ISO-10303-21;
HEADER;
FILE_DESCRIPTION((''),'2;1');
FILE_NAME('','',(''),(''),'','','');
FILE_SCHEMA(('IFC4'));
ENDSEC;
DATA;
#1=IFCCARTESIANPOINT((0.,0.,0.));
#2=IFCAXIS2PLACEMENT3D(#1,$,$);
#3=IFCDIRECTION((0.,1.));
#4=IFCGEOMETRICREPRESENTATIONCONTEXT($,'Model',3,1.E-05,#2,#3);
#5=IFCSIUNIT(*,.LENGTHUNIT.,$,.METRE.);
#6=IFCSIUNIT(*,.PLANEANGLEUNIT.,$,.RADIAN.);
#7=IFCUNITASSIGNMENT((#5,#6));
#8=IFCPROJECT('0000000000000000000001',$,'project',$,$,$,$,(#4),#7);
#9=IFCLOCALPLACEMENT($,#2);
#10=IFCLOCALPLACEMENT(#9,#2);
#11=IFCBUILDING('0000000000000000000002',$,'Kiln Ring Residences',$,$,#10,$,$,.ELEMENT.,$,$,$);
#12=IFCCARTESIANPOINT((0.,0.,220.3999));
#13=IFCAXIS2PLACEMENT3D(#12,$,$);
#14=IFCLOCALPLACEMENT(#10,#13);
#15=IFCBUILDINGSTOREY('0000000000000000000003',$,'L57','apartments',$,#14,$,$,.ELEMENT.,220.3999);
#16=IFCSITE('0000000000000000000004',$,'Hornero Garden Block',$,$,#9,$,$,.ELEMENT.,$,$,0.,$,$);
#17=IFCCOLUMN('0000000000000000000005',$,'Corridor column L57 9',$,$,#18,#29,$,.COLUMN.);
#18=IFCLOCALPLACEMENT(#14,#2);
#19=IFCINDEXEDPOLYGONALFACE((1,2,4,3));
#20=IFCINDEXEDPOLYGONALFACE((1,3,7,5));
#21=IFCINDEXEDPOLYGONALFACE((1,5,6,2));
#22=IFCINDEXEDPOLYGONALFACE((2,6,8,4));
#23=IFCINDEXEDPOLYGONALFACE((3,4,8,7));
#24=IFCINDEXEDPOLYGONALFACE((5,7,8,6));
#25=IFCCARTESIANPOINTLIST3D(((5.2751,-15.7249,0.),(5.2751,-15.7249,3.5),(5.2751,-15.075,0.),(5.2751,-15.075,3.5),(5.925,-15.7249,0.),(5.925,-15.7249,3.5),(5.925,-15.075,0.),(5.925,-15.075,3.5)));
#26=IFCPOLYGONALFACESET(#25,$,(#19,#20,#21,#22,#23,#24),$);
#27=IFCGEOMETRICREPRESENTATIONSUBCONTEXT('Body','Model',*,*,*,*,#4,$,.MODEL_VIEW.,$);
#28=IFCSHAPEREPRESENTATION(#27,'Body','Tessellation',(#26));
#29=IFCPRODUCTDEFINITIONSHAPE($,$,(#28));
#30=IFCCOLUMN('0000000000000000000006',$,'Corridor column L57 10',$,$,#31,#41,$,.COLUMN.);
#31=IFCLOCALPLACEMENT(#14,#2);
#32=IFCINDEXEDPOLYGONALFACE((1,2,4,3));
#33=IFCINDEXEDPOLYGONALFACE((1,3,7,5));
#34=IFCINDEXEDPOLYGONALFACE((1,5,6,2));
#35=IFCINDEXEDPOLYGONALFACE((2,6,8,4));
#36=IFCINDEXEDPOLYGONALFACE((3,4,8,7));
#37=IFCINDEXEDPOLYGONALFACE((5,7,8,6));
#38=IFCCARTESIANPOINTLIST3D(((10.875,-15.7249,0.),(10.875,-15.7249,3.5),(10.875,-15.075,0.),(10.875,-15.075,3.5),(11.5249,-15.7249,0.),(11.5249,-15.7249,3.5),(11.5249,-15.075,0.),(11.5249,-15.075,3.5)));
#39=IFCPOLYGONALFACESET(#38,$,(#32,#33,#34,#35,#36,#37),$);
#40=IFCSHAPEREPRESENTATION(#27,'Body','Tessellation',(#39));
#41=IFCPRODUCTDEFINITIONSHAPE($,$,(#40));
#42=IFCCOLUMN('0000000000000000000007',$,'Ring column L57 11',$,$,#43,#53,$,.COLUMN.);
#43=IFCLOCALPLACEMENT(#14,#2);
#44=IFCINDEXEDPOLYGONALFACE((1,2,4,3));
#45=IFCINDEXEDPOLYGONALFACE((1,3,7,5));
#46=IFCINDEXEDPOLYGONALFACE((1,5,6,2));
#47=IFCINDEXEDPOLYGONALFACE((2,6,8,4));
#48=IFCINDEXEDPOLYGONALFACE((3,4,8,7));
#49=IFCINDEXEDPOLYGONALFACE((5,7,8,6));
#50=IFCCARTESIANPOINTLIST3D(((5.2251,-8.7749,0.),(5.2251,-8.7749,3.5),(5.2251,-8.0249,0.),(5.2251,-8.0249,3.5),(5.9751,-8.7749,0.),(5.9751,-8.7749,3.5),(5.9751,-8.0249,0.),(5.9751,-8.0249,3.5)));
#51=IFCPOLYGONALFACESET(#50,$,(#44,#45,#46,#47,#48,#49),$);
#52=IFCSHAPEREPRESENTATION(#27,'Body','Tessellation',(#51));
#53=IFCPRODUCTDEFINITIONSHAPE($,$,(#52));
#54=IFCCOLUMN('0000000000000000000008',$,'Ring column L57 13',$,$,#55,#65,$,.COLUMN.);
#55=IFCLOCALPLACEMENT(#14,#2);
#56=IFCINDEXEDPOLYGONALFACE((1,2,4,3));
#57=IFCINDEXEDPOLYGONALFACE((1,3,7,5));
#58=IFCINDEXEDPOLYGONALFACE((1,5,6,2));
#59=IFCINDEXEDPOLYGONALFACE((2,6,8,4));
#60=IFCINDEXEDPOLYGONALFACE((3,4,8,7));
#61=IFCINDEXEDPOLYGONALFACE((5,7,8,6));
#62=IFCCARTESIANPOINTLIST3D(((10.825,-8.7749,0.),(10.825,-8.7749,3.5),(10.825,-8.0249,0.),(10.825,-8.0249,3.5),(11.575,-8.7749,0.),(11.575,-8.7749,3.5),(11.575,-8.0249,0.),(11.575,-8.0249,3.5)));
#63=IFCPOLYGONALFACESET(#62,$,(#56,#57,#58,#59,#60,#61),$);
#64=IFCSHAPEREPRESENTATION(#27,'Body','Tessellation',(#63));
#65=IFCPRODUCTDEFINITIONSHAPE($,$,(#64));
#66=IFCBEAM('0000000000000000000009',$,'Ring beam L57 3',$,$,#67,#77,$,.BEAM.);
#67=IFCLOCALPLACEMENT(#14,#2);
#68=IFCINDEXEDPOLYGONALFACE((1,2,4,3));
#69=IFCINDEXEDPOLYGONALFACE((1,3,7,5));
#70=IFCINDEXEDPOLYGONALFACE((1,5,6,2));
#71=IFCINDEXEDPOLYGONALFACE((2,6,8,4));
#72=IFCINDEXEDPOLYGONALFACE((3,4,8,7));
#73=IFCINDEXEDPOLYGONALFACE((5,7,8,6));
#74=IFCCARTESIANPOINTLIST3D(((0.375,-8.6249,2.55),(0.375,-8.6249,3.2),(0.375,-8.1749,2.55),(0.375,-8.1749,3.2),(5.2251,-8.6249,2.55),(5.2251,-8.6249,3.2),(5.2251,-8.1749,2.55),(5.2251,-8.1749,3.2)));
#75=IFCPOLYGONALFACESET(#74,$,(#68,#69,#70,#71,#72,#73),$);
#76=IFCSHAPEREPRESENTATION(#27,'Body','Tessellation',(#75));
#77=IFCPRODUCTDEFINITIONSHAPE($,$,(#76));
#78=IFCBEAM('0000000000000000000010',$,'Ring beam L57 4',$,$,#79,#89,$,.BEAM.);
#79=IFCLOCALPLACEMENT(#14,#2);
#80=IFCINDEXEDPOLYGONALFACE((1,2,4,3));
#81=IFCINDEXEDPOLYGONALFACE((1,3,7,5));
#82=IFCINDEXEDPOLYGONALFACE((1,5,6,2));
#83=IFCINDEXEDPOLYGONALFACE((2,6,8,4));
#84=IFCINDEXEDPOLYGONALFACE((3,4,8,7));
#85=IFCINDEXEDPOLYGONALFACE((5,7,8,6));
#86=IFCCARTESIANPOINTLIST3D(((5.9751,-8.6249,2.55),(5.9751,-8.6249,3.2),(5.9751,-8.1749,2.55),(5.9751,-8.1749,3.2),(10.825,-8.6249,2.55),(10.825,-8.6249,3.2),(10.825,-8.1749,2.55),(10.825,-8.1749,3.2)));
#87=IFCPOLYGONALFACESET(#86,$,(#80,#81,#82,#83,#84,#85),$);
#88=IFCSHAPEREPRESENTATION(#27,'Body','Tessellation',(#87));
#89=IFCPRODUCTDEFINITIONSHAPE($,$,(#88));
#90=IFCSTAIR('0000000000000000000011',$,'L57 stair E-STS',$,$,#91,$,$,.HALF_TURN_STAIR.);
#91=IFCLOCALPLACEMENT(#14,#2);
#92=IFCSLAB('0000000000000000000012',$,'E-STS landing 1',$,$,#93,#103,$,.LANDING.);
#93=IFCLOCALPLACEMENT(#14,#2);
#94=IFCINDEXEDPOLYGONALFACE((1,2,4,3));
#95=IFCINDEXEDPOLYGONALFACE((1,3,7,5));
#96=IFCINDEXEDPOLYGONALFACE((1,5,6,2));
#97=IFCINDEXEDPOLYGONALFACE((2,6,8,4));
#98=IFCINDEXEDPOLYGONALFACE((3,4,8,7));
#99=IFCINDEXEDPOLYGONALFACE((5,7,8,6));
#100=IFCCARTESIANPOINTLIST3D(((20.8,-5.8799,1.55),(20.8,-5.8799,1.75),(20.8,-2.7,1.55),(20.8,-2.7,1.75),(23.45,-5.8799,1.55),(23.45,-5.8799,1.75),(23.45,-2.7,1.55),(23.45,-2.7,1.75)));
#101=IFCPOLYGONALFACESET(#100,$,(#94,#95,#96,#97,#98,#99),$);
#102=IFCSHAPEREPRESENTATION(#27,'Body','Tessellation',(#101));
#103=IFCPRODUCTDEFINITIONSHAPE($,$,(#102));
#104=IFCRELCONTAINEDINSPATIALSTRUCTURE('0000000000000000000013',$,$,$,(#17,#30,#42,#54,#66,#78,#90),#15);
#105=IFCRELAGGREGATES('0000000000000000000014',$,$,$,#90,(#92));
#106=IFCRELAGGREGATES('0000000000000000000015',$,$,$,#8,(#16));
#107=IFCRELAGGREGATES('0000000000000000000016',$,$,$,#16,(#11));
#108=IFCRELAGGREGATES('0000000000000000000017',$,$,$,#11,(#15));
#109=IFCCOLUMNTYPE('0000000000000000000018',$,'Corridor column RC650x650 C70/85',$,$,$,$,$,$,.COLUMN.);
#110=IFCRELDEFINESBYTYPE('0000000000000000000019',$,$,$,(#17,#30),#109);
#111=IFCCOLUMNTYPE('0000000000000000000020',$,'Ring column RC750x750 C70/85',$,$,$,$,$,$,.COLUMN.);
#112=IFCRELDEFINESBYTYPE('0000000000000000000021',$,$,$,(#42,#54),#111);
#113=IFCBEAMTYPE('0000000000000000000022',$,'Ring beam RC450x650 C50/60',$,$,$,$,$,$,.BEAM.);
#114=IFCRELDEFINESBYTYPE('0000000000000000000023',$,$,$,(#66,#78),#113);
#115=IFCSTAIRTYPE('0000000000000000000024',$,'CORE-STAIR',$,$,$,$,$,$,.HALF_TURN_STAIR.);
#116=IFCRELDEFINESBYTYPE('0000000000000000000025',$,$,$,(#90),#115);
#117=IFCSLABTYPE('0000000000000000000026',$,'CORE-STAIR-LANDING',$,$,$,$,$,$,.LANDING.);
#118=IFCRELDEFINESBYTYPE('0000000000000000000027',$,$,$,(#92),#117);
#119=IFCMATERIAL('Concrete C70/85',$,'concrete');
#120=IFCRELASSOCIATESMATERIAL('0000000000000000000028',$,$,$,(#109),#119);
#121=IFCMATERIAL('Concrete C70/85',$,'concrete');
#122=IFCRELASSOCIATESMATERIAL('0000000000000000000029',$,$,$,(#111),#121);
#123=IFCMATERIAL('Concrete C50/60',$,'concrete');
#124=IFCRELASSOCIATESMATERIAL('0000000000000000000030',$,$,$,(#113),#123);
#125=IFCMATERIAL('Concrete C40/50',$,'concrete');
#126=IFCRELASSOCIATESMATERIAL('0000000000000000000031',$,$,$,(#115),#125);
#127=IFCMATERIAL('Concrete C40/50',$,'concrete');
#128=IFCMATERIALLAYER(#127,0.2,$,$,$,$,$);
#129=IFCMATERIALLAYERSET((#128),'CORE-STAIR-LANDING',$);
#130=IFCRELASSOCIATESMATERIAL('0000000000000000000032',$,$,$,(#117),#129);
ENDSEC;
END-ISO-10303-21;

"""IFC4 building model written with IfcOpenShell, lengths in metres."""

from ifc_helpers import new_model, si_unit, direction, frame, origin, origin_2d, place, context, subcontext, project, spatial, polyline, rectangle, outline, extrude, material, layer, layer_set, material_profile, profile_set, type_object, element, aggregate, save


model = new_model("IFC4")

# Units and contexts
model_context = context("Model", 3, precision=1e-05, world=origin(), true_north=direction((0.0, 1.0)))
body_context = subcontext(model_context, "Body", "Model", "MODEL_VIEW")
ifc_project = project(units=[si_unit("LENGTHUNIT", "METRE"), si_unit("PLANEANGLEUNIT", "RADIAN")], contexts=[model_context])

# Site, building, storey
site_placement = place(None, origin())
site = spatial("IfcSite", under=ifc_project, at=site_placement, Name="Hornero Garden Block", CompositionType="ELEMENT", RefElevation=0.0)
building_placement = place(site_placement, origin())
building = spatial("IfcBuilding", under=site, at=building_placement, Name="Kiln Ring Residences", CompositionType="ELEMENT")
storey_placement = place(building_placement, frame((0.0, 0.0, 220.3999)))
storey = spatial("IfcBuildingStorey", under=building, at=storey_placement, Name="L57", Description="apartments", CompositionType="ELEMENT", Elevation=220.3999)

# Columns
ifc_material_1 = material(Name="Concrete C70/85", Category="concrete")
ifc_material_profile_1 = material_profile(ifc_material_1, rectangle(XDim=0.6499, YDim=0.6499, at=origin_2d()), Name="RC650x650")
ifc_profile_set_1 = profile_set([ifc_material_profile_1], Name="Concrete C70/85")
column_type_1 = type_object("IfcColumnType", Name="Corridor column RC650x650 C70/85", PredefinedType="COLUMN", material=ifc_profile_set_1)
for number, where, z_axis, x_axis, name in (
    (1, (5.6001, -15.3999, 0.0), (0.0, 0.0, 1.0), (1.0, 0.0, 0.0), "Corridor column L57 9"),
    (2, (11.2, -15.3999, 0.0), (0.0, 0.0, 1.0), (1.0, 0.0, 0.0), "Corridor column L57 10"),
):
    element("IfcColumn", number, at=place(storey_placement, frame(where, z_axis=z_axis, x_axis=x_axis)), inside=storey, type_object=column_type_1, Name=name, PredefinedType="COLUMN", context=body_context, shape_type="SweptSolid", body=[
        extrude(rectangle(XDim=0.6499, YDim=0.6499, at=origin_2d()), origin(), (0.0, 0.0, 1.0), 3.5),
    ])
ifc_material_2 = material(Name="Concrete C70/85", Category="concrete")
ifc_material_profile_2 = material_profile(ifc_material_2, rectangle(XDim=0.75, YDim=0.75, at=origin_2d()), Name="RC750x750")
ifc_profile_set_2 = profile_set([ifc_material_profile_2], Name="Concrete C70/85")
column_type_2 = type_object("IfcColumnType", Name="Ring column RC750x750 C70/85", PredefinedType="COLUMN", material=ifc_profile_set_2)
for number, where, z_axis, x_axis, name in (
    (3, (5.6001, -8.3999, 0.0), (0.0, 0.0, 1.0), (1.0, 0.0, 0.0), "Ring column L57 11"),
    (4, (11.2, -8.3999, 0.0), (0.0, 0.0, 1.0), (1.0, 0.0, 0.0), "Ring column L57 13"),
):
    element("IfcColumn", number, at=place(storey_placement, frame(where, z_axis=z_axis, x_axis=x_axis)), inside=storey, type_object=column_type_2, Name=name, PredefinedType="COLUMN", context=body_context, shape_type="SweptSolid", body=[
        extrude(rectangle(XDim=0.75, YDim=0.75, at=origin_2d()), origin(), (0.0, 0.0, 1.0), 3.5),
    ])

# Beams
ifc_material_3 = material(Name="Concrete C50/60", Category="concrete")
ifc_material_profile_3 = material_profile(ifc_material_3, rectangle(XDim=0.45, YDim=0.6499, at=origin_2d()), Name="RC450x650")
ifc_profile_set_3 = profile_set([ifc_material_profile_3], Name="Concrete C50/60")
beam_type = type_object("IfcBeamType", Name="Ring beam RC450x650 C50/60", PredefinedType="BEAM", material=ifc_profile_set_3)
beam_1_placement = place(storey_placement, frame((0.375, -8.3999, 2.875), z_axis=(1.0, 0.0, 0.0), x_axis=(0.0, 1.0, 0.0)))
element("IfcBeam", 5, at=beam_1_placement, inside=storey, type_object=beam_type, Name="Ring beam L57 3", PredefinedType="BEAM", context=body_context, shape_type="SweptSolid", body=[
    extrude(rectangle(XDim=0.45, YDim=0.6499, at=origin_2d()), origin(), (0.0, 0.0, 1.0), 4.8501),
])
beam_2_placement = place(storey_placement, frame((5.9751, -8.3999, 2.875), z_axis=(1.0, 0.0, 0.0), x_axis=(0.0, 1.0, 0.0)))
element("IfcBeam", 6, at=beam_2_placement, inside=storey, type_object=beam_type, Name="Ring beam L57 4", PredefinedType="BEAM", context=body_context, shape_type="SweptSolid", body=[
    extrude(rectangle(XDim=0.45, YDim=0.6499, at=origin_2d()), origin(), (0.0, 0.0, 1.0), 4.8499),
])

# Stair, slab
ifc_material_4 = material(Name="Concrete C40/50", Category="concrete")
stair_type = type_object("IfcStairType", Name="CORE-STAIR", PredefinedType="HALF_TURN_STAIR", material=ifc_material_4)
placement = place(storey_placement, origin())
stair = element("IfcStair", 7, at=placement, inside=storey, type_object=stair_type, Name="L57 stair E-STS", PredefinedType="HALF_TURN_STAIR")
ifc_material_5 = material(Name="Concrete C40/50", Category="concrete")
ifc_layer_1 = layer(ifc_material_5, 0.2)
ifc_layer_set_1 = layer_set([ifc_layer_1], Name="CORE-STAIR-LANDING")
slab_type = type_object("IfcSlabType", Name="CORE-STAIR-LANDING", PredefinedType="LANDING", material=ifc_layer_set_1)
slab_placement = place(storey_placement, frame((0.0, 0.0, 1.55)))
slab = element("IfcSlab", 8, at=slab_placement, type_object=slab_type, Name="E-STS landing 1", PredefinedType="LANDING", context=body_context, shape_type="SweptSolid", body=[
    extrude(outline(polyline([(23.45, -5.8799), (23.45, -2.7), (20.8, -2.7), (20.8, -5.8799), (23.45, -5.8799)])), origin(), (0.0, 0.0, 1.0), 0.2),
])
aggregate(stair, [slab])

save(model, "model.ifc")
